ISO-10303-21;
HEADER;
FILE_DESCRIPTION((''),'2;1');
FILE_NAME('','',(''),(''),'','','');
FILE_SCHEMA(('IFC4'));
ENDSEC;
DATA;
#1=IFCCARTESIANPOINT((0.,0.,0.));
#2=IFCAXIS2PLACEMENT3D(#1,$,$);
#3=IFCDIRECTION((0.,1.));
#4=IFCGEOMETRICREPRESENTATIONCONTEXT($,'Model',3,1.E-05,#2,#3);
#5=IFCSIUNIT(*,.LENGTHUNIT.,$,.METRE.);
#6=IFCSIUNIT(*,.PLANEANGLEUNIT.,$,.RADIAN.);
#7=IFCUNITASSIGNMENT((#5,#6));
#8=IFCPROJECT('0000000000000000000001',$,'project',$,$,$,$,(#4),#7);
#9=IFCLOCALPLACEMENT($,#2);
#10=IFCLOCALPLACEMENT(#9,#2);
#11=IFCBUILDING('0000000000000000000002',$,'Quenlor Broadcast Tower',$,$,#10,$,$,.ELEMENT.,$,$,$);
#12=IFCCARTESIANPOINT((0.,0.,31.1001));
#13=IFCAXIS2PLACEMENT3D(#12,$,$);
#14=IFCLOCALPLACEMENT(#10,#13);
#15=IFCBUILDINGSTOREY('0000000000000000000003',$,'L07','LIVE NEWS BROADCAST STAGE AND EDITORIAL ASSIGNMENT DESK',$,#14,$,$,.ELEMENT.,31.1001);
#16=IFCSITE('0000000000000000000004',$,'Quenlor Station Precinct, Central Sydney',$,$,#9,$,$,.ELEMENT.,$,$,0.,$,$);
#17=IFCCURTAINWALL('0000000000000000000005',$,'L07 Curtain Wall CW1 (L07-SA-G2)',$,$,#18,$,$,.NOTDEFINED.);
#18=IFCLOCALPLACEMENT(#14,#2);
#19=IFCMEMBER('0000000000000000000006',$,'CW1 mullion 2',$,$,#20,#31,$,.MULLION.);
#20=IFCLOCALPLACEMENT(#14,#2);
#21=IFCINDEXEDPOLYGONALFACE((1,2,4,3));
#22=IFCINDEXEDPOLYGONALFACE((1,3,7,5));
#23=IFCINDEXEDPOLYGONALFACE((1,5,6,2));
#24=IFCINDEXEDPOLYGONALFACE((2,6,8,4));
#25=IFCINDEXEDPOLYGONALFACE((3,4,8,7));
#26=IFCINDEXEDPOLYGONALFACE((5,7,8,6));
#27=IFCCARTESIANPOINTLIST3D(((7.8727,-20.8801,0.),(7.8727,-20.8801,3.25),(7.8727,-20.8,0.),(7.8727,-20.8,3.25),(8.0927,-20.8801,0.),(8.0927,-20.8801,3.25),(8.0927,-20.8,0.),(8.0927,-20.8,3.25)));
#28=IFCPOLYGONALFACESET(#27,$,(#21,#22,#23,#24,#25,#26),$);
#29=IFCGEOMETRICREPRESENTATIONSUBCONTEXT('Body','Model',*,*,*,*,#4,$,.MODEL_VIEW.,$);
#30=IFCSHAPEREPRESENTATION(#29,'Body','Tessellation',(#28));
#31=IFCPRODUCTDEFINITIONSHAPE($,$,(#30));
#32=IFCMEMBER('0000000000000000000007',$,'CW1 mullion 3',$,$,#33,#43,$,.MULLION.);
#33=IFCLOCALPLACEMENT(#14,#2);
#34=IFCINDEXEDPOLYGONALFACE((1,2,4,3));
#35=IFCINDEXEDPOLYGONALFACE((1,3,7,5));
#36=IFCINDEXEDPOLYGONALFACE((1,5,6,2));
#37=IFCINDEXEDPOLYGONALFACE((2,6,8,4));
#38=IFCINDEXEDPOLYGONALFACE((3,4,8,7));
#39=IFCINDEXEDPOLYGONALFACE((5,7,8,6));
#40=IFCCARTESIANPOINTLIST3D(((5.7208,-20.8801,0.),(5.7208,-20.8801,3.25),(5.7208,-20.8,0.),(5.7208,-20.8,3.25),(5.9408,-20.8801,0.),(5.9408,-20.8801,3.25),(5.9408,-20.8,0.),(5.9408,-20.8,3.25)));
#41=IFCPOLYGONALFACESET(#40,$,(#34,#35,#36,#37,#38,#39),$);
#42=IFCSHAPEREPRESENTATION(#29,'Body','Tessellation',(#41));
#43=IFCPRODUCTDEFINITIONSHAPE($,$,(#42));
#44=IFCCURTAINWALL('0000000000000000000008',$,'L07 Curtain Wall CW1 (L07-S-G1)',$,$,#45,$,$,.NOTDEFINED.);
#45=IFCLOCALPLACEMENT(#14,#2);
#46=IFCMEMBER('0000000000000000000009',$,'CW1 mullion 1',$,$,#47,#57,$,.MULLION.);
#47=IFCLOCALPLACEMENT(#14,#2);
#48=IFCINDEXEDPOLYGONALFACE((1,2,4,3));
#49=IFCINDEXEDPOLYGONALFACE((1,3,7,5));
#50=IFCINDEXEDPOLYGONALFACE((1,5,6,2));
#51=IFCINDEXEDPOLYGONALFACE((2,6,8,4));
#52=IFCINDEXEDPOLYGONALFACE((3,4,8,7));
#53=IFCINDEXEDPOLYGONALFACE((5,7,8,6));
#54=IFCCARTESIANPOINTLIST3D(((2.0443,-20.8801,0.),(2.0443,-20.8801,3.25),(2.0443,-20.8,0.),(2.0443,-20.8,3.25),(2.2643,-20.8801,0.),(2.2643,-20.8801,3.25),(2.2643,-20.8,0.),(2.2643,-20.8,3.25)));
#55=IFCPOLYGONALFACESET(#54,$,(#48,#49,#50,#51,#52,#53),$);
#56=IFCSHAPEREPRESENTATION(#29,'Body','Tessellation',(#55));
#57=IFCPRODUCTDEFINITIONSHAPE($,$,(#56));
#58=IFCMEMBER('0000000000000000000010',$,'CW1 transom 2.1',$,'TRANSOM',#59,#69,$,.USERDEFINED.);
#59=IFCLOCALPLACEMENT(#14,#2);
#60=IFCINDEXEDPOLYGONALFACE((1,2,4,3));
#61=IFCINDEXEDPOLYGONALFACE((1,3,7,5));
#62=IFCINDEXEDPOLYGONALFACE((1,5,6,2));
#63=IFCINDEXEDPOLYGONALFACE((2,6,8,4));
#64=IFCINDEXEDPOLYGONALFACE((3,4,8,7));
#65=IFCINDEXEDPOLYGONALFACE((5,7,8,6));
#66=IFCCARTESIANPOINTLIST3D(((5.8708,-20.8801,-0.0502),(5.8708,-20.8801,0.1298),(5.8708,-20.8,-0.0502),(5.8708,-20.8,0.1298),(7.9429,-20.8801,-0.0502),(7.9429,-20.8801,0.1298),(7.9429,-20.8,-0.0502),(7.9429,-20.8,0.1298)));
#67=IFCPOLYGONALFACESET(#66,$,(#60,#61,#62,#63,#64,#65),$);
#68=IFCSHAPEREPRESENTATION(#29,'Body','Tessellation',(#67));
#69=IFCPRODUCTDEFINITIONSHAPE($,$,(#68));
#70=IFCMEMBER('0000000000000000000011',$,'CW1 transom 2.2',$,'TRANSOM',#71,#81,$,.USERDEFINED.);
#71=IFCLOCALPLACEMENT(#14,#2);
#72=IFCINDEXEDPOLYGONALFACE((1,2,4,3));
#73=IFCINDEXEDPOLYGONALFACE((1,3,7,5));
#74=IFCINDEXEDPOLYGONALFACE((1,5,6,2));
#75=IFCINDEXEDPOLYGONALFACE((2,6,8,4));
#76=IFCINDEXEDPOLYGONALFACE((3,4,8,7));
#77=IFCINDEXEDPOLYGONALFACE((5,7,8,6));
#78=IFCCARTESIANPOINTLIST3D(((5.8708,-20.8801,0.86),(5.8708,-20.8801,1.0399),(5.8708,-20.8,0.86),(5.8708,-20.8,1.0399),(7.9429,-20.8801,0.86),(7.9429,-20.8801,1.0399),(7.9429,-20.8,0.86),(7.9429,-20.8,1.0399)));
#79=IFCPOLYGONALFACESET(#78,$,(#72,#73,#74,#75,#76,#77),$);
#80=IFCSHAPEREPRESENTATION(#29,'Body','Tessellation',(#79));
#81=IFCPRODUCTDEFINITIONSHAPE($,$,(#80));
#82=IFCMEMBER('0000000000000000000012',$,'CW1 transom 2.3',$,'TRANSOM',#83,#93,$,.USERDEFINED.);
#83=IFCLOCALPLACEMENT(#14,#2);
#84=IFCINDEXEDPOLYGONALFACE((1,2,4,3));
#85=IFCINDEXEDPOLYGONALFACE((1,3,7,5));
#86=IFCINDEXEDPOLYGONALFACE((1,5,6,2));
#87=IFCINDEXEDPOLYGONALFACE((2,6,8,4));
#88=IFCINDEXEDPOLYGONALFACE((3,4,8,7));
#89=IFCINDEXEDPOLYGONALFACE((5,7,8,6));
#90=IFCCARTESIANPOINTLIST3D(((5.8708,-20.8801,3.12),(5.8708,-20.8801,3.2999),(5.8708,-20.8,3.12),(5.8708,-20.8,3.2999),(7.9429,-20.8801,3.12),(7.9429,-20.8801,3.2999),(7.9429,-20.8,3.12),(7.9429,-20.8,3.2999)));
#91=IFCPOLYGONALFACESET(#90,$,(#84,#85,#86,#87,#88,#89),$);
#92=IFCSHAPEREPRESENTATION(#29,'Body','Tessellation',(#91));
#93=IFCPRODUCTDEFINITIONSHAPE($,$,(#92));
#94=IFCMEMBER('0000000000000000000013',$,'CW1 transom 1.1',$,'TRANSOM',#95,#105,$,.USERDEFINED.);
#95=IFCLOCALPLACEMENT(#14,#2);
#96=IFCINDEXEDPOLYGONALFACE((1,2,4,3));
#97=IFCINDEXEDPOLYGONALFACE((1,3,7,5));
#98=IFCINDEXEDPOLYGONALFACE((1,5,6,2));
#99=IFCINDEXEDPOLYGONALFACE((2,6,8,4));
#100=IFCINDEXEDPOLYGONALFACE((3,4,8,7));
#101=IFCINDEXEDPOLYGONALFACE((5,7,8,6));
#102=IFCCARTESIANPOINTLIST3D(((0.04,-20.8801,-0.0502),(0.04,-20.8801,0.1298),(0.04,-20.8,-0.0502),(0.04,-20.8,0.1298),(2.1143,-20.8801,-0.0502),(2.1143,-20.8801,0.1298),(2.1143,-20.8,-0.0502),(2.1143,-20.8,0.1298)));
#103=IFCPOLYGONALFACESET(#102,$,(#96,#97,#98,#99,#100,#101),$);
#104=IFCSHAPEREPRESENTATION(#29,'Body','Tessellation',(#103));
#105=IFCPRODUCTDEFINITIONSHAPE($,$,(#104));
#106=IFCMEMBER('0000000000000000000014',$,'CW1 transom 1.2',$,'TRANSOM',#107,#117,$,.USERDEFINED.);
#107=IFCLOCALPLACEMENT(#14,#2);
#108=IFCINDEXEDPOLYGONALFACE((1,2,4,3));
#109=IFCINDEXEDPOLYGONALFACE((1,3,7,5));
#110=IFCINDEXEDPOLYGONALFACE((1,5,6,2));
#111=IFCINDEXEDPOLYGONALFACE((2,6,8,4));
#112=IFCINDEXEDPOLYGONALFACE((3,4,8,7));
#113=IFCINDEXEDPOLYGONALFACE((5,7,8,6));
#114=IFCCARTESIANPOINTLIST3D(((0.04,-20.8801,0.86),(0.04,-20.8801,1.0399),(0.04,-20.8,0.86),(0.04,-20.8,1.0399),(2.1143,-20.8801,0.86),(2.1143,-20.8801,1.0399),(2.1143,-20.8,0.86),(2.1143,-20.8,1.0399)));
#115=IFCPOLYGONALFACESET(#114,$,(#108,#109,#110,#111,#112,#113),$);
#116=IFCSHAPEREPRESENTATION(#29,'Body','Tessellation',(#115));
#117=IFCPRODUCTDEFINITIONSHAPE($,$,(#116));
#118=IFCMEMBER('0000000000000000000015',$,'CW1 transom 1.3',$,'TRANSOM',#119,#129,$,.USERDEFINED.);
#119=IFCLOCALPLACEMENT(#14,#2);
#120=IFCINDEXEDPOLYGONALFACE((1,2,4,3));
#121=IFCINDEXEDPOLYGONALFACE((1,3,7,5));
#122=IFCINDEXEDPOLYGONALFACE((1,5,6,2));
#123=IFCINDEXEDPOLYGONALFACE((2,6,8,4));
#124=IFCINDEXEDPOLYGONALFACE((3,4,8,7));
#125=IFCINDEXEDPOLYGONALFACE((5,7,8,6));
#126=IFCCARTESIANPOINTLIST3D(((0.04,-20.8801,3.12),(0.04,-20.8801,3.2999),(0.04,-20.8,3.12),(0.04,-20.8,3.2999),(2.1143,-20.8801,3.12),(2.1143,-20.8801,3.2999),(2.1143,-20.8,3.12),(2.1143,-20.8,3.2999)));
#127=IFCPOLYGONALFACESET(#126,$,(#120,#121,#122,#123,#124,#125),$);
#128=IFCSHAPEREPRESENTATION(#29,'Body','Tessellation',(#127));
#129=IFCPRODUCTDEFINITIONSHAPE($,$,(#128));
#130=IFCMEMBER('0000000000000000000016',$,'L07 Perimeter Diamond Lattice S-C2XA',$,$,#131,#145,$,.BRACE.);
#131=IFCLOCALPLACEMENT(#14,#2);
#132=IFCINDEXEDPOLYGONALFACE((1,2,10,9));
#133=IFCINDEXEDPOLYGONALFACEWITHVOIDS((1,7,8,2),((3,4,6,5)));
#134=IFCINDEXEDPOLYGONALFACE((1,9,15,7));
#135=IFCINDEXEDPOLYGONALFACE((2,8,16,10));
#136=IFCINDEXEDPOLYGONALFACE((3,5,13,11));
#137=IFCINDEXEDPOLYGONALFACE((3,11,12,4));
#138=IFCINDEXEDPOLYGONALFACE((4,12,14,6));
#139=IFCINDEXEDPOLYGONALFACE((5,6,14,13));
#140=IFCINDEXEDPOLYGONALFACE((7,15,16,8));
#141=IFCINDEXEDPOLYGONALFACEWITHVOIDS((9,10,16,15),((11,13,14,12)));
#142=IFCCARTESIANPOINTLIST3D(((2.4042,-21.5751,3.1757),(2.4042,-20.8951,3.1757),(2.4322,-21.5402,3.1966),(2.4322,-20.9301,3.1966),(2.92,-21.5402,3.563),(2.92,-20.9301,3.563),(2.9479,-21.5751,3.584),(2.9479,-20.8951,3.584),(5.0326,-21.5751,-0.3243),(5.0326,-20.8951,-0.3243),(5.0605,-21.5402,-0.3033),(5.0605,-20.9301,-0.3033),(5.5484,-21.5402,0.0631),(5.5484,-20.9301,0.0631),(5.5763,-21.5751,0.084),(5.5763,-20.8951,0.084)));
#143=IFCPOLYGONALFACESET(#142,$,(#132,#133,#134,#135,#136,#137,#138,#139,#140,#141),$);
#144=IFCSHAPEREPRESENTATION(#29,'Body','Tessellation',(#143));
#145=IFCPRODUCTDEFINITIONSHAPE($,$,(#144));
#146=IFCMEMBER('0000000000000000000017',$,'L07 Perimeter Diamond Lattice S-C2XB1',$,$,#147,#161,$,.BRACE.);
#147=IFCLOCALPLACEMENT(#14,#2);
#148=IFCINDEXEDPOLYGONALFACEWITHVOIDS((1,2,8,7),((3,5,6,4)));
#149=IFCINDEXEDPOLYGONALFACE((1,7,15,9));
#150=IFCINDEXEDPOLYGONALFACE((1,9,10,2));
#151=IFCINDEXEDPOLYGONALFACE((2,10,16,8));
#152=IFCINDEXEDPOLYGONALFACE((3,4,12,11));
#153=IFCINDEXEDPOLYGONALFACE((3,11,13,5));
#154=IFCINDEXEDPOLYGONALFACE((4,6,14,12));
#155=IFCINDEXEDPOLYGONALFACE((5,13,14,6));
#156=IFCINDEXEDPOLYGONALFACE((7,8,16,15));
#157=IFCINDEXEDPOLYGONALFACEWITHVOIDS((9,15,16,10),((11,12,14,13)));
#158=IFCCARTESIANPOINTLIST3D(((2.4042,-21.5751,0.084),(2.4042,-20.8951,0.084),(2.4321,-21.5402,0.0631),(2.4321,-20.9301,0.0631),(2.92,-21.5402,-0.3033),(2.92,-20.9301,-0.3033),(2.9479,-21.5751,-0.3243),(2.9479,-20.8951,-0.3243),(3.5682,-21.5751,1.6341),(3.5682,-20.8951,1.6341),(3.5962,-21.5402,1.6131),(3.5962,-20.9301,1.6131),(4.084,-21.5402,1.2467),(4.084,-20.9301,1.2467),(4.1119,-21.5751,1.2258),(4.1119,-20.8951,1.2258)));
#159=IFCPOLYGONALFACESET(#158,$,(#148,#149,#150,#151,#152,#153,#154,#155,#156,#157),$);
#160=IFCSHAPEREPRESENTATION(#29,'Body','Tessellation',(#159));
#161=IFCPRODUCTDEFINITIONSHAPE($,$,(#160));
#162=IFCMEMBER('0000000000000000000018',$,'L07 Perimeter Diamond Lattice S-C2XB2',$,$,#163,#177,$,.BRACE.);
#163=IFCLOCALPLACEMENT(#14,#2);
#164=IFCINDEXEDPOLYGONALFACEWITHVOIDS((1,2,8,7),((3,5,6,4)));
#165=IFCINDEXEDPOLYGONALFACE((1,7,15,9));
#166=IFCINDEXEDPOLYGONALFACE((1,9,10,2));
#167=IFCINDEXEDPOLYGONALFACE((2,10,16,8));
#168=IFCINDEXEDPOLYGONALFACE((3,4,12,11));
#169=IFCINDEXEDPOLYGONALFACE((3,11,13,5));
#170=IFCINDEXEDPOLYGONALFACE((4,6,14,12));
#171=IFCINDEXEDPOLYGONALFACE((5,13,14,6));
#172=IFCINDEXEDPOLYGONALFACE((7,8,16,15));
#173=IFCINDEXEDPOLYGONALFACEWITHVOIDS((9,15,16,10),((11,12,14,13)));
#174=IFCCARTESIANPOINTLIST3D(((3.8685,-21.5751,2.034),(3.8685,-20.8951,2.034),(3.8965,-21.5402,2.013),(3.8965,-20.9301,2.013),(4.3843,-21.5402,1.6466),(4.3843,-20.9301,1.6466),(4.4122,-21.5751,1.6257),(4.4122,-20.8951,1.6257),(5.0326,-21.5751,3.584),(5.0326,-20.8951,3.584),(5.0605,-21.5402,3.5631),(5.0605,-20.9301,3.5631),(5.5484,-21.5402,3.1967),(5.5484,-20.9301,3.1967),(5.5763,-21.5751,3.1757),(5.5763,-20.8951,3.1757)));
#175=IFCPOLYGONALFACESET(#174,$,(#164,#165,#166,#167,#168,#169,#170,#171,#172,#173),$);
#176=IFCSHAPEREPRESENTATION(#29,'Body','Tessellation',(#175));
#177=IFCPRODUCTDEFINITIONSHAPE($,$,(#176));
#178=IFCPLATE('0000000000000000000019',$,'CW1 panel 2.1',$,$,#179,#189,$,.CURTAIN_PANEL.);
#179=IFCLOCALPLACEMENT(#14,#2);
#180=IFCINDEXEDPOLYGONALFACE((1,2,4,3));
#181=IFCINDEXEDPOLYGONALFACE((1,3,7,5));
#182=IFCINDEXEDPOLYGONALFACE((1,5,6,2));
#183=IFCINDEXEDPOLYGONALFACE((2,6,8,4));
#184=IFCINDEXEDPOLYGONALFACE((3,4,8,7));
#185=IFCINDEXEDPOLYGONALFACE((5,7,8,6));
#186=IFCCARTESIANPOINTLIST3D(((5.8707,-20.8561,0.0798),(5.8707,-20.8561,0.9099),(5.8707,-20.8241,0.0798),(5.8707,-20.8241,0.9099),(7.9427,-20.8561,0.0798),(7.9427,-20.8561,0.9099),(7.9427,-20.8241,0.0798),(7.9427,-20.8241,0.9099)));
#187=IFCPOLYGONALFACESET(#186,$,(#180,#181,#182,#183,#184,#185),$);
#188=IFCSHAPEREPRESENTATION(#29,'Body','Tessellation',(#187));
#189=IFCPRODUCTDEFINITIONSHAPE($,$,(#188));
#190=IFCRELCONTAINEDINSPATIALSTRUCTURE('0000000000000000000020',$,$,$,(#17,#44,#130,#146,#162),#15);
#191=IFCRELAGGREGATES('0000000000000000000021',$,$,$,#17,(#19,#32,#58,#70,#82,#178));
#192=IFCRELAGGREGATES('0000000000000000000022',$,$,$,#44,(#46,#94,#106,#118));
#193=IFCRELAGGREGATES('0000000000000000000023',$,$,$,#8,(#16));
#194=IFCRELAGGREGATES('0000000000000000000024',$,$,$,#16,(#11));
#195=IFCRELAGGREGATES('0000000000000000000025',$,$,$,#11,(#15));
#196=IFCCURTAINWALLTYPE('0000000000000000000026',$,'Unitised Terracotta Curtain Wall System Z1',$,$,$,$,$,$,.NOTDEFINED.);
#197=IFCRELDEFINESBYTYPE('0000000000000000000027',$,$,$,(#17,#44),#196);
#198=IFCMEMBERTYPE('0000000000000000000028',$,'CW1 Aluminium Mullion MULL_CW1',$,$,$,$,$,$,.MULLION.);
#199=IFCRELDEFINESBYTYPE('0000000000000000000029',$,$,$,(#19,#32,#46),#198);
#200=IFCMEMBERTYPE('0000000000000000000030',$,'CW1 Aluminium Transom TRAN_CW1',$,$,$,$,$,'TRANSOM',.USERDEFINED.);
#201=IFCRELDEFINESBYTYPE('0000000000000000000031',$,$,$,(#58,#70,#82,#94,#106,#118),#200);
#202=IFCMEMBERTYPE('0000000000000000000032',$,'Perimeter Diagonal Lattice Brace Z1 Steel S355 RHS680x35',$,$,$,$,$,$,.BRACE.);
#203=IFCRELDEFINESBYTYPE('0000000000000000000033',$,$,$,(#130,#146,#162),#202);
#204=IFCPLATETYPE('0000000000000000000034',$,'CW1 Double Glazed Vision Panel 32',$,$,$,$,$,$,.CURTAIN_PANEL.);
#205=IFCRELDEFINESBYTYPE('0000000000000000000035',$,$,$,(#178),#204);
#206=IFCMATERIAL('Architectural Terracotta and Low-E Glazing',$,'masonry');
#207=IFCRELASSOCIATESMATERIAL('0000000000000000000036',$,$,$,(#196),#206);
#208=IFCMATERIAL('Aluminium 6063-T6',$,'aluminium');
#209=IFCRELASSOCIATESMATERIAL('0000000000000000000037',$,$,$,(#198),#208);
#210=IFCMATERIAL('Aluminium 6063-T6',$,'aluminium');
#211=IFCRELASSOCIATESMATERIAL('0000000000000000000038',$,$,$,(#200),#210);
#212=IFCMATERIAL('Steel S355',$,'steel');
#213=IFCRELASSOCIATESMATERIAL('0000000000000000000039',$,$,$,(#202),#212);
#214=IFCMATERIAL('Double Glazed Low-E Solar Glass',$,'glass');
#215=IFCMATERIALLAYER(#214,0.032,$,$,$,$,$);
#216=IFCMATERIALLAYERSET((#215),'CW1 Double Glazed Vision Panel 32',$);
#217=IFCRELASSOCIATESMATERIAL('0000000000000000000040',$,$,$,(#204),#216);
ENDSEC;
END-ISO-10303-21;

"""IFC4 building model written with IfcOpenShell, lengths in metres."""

from ifc_helpers import new_model, si_unit, direction, frame, origin, origin_2d, place, context, subcontext, project, spatial, rectangle, hollow_rectangle, extrude, material, layer, layer_set, material_profile, profile_set, type_object, element, aggregate, save


model = new_model("IFC4")

# Units and contexts
model_context = context("Model", 3, precision=1e-05, world=origin(), true_north=direction((0.0, 1.0)))
body_context = subcontext(model_context, "Body", "Model", "MODEL_VIEW")
ifc_project = project(units=[si_unit("LENGTHUNIT", "METRE"), si_unit("PLANEANGLEUNIT", "RADIAN")], contexts=[model_context])

# Site, building, storey
site_placement = place(None, origin())
site = spatial("IfcSite", under=ifc_project, at=site_placement, Name="Quenlor Station Precinct, Central Sydney", CompositionType="ELEMENT", RefElevation=0.0)
building_placement = place(site_placement, origin())
building = spatial("IfcBuilding", under=site, at=building_placement, Name="Quenlor Broadcast Tower", CompositionType="ELEMENT")
storey_placement = place(building_placement, frame((0.0, 0.0, 31.1001)))
storey = spatial("IfcBuildingStorey", under=building, at=storey_placement, Name="L07", Description="LIVE NEWS BROADCAST STAGE AND EDITORIAL ASSIGNMENT DESK", CompositionType="ELEMENT", Elevation=31.1001)

# Curtain wall, members
ifc_material_1 = material(Name="Architectural Terracotta and Low-E Glazing", Category="masonry")
curtain_wall_type = type_object("IfcCurtainWallType", Name="Unitised Terracotta Curtain Wall System Z1", PredefinedType="NOTDEFINED", material=ifc_material_1)
curtain_wall_1_placement = place(storey_placement, origin())
curtain_wall_1 = element("IfcCurtainWall", 1, at=curtain_wall_1_placement, inside=storey, type_object=curtain_wall_type, Name="L07 Curtain Wall CW1 (L07-SA-G2)", PredefinedType="NOTDEFINED")
ifc_material_2 = material(Name="Aluminium 6063-T6", Category="aluminium")
ifc_material_profile_1 = material_profile(ifc_material_2, rectangle(XDim=0.0801, YDim=0.22, at=origin_2d()))
ifc_profile_set_1 = profile_set([ifc_material_profile_1], Name="Aluminium 6063-T6 MULL80x220")
member_type_1 = type_object("IfcMemberType", Name="CW1 Aluminium Mullion MULL_CW1", PredefinedType="MULLION", material=ifc_profile_set_1)
member_1_placement = place(storey_placement, frame((7.9827, -20.8401, 0.0), z_axis=(0.0, 0.0, 1.0), x_axis=(0.0, -1.0, 0.0)))
member_1 = element("IfcMember", 2, at=member_1_placement, type_object=member_type_1, Name="CW1 mullion 2", PredefinedType="MULLION", context=body_context, shape_type="SweptSolid", body=[
    extrude(rectangle(XDim=0.0801, YDim=0.22, at=origin_2d()), origin(), (0.0, 0.0, 1.0), 3.25),
])
member_2_placement = place(storey_placement, frame((5.8308, -20.8401, 0.0), z_axis=(0.0, 0.0, 1.0), x_axis=(0.0, -1.0, 0.0)))
member_2 = element("IfcMember", 3, at=member_2_placement, type_object=member_type_1, Name="CW1 mullion 3", PredefinedType="MULLION", context=body_context, shape_type="SweptSolid", body=[
    extrude(rectangle(XDim=0.0801, YDim=0.22, at=origin_2d()), origin(), (0.0, 0.0, 1.0), 3.25),
])

# Curtain wall, member
curtain_wall_2_placement = place(storey_placement, origin())
curtain_wall_2 = element("IfcCurtainWall", 4, at=curtain_wall_2_placement, inside=storey, type_object=curtain_wall_type, Name="L07 Curtain Wall CW1 (L07-S-G1)", PredefinedType="NOTDEFINED")
member_3_placement = place(storey_placement, frame((2.1543, -20.8401, 0.0), z_axis=(0.0, 0.0, 1.0), x_axis=(0.0, -1.0, 0.0)))
member_3 = element("IfcMember", 5, at=member_3_placement, type_object=member_type_1, Name="CW1 mullion 1", PredefinedType="MULLION", context=body_context, shape_type="SweptSolid", body=[
    extrude(rectangle(XDim=0.0801, YDim=0.22, at=origin_2d()), origin(), (0.0, 0.0, 1.0), 3.25),
])

# Members
ifc_material_3 = material(Name="Aluminium 6063-T6", Category="aluminium")
ifc_material_profile_2 = material_profile(ifc_material_3, rectangle(XDim=0.0801, YDim=0.1799, at=origin_2d()))
ifc_profile_set_2 = profile_set([ifc_material_profile_2], Name="Aluminium 6063-T6 TRAN80x180")
member_type_2 = type_object("IfcMemberType", Name="CW1 Aluminium Transom TRAN_CW1", ElementType="TRANSOM", PredefinedType="USERDEFINED", material=ifc_profile_set_2)
member_4_placement = place(storey_placement, frame((7.9429, -20.8401, 0.0398), z_axis=(-1.0, 0.0, 0.0), x_axis=(0.0, -1.0, 0.0)))
member_4 = element("IfcMember", 6, at=member_4_placement, type_object=member_type_2, Name="CW1 transom 2.1", ObjectType="TRANSOM", PredefinedType="USERDEFINED", context=body_context, shape_type="SweptSolid", body=[
    extrude(rectangle(XDim=0.0801, YDim=0.1799, at=origin_2d()), origin(), (0.0, 0.0, 1.0), 2.072),
])
member_5_placement = place(storey_placement, frame((7.9429, -20.8401, 0.95), z_axis=(-1.0, 0.0, 0.0), x_axis=(0.0, -1.0, 0.0)))
member_5 = element("IfcMember", 7, at=member_5_placement, type_object=member_type_2, Name="CW1 transom 2.2", ObjectType="TRANSOM", PredefinedType="USERDEFINED", context=body_context, shape_type="SweptSolid", body=[
    extrude(rectangle(XDim=0.0801, YDim=0.1799, at=origin_2d()), origin(), (0.0, 0.0, 1.0), 2.072),
])
member_6_placement = place(storey_placement, frame((7.9429, -20.8401, 3.21), z_axis=(-1.0, 0.0, 0.0), x_axis=(0.0, -1.0, 0.0)))
member_6 = element("IfcMember", 8, at=member_6_placement, type_object=member_type_2, Name="CW1 transom 2.3", ObjectType="TRANSOM", PredefinedType="USERDEFINED", context=body_context, shape_type="SweptSolid", body=[
    extrude(rectangle(XDim=0.0801, YDim=0.1799, at=origin_2d()), origin(), (0.0, 0.0, 1.0), 2.072),
])
member_7_placement = place(storey_placement, frame((2.1143, -20.8401, 0.0398), z_axis=(-1.0, 0.0, 0.0), x_axis=(0.0, -1.0, 0.0)))
member_7 = element("IfcMember", 9, at=member_7_placement, type_object=member_type_2, Name="CW1 transom 1.1", ObjectType="TRANSOM", PredefinedType="USERDEFINED", context=body_context, shape_type="SweptSolid", body=[
    extrude(rectangle(XDim=0.0801, YDim=0.1799, at=origin_2d()), origin(), (0.0, 0.0, 1.0), 2.0742),
])
member_8_placement = place(storey_placement, frame((2.1143, -20.8401, 0.95), z_axis=(-1.0, 0.0, 0.0), x_axis=(0.0, -1.0, 0.0)))
member_8 = element("IfcMember", 10, at=member_8_placement, type_object=member_type_2, Name="CW1 transom 1.2", ObjectType="TRANSOM", PredefinedType="USERDEFINED", context=body_context, shape_type="SweptSolid", body=[
    extrude(rectangle(XDim=0.0801, YDim=0.1799, at=origin_2d()), origin(), (0.0, 0.0, 1.0), 2.0742),
])
member_9_placement = place(storey_placement, frame((2.1143, -20.8401, 3.21), z_axis=(-1.0, 0.0, 0.0), x_axis=(0.0, -1.0, 0.0)))
member_9 = element("IfcMember", 11, at=member_9_placement, type_object=member_type_2, Name="CW1 transom 1.3", ObjectType="TRANSOM", PredefinedType="USERDEFINED", context=body_context, shape_type="SweptSolid", body=[
    extrude(rectangle(XDim=0.0801, YDim=0.1799, at=origin_2d()), origin(), (0.0, 0.0, 1.0), 2.0742),
])

# Members
ifc_material_4 = material(Name="Steel S355", Category="steel")
ifc_material_profile_3 = material_profile(ifc_material_4, hollow_rectangle(XDim=0.6799, YDim=0.6799, WallThickness=0.0349, at=origin_2d()))
ifc_profile_set_3 = profile_set([ifc_material_profile_3], Name="Steel S355 RHS680x680x35")
member_type_3 = type_object("IfcMemberType", Name="Perimeter Diagonal Lattice Brace Z1 Steel S355 RHS680x35", PredefinedType="BRACE", material=ifc_profile_set_3)
member_10_placement = place(storey_placement, frame((5.3044, -21.2351, -0.1201), z_axis=(-0.6005, 0.0, 0.799625), x_axis=(0.0, -1.0, 0.0)))
element("IfcMember", 12, at=member_10_placement, inside=storey, type_object=member_type_3, Name="L07 Perimeter Diamond Lattice S-C2XA", PredefinedType="BRACE", context=body_context, shape_type="SweptSolid", body=[
    extrude(hollow_rectangle(XDim=0.6799, YDim=0.6799, WallThickness=0.0349, at=origin_2d()), origin(), (0.0, 0.0, 1.0), 4.377),
])
for number, where, z_axis, x_axis, name in (
    (13, (2.676, -21.2351, -0.1201), (0.600504, 0.0, 0.799622), (0.0, 1.0, 0.0), "L07 Perimeter Diamond Lattice S-C2XB1"),
    (14, (4.1404, -21.2351, 1.8298), (0.600504, 0.0, 0.799622), (0.0, 1.0, 0.0), "L07 Perimeter Diamond Lattice S-C2XB2"),
):
    element("IfcMember", number, at=place(storey_placement, frame(where, z_axis=z_axis, x_axis=x_axis)), inside=storey, type_object=member_type_3, Name=name, PredefinedType="BRACE", context=body_context, shape_type="SweptSolid", body=[
        extrude(hollow_rectangle(XDim=0.6799, YDim=0.6799, WallThickness=0.0349, at=origin_2d()), origin(), (0.0, 0.0, 1.0), 1.9385),
    ])

# Plate
ifc_material_5 = material(Name="Double Glazed Low-E Solar Glass", Category="glass")
ifc_layer_1 = layer(ifc_material_5, 0.032)
ifc_layer_set_1 = layer_set([ifc_layer_1], Name="CW1 Double Glazed Vision Panel 32")
plate_type_1 = type_object("IfcPlateType", Name="CW1 Double Glazed Vision Panel 32", PredefinedType="CURTAIN_PANEL", material=ifc_layer_set_1)
plate_1_placement = place(storey_placement, frame((6.9067, -20.8401, 0.0798), z_axis=(0.0, 0.0, 1.0), x_axis=(-1.0, 0.0, 0.0)))
plate_1 = element("IfcPlate", 15, at=plate_1_placement, type_object=plate_type_1, Name="CW1 panel 2.1", PredefinedType="CURTAIN_PANEL", context=body_context, shape_type="SweptSolid", body=[
    extrude(rectangle(XDim=2.072, YDim=0.032, at=origin_2d()), origin(), (0.0, 0.0, 1.0), 0.8301),
])
aggregate(curtain_wall_1, [member_1, member_2, member_4, member_5, member_6, plate_1])
aggregate(curtain_wall_2, [member_3, member_7, member_8, member_9])

save(model, "model.ifc")
